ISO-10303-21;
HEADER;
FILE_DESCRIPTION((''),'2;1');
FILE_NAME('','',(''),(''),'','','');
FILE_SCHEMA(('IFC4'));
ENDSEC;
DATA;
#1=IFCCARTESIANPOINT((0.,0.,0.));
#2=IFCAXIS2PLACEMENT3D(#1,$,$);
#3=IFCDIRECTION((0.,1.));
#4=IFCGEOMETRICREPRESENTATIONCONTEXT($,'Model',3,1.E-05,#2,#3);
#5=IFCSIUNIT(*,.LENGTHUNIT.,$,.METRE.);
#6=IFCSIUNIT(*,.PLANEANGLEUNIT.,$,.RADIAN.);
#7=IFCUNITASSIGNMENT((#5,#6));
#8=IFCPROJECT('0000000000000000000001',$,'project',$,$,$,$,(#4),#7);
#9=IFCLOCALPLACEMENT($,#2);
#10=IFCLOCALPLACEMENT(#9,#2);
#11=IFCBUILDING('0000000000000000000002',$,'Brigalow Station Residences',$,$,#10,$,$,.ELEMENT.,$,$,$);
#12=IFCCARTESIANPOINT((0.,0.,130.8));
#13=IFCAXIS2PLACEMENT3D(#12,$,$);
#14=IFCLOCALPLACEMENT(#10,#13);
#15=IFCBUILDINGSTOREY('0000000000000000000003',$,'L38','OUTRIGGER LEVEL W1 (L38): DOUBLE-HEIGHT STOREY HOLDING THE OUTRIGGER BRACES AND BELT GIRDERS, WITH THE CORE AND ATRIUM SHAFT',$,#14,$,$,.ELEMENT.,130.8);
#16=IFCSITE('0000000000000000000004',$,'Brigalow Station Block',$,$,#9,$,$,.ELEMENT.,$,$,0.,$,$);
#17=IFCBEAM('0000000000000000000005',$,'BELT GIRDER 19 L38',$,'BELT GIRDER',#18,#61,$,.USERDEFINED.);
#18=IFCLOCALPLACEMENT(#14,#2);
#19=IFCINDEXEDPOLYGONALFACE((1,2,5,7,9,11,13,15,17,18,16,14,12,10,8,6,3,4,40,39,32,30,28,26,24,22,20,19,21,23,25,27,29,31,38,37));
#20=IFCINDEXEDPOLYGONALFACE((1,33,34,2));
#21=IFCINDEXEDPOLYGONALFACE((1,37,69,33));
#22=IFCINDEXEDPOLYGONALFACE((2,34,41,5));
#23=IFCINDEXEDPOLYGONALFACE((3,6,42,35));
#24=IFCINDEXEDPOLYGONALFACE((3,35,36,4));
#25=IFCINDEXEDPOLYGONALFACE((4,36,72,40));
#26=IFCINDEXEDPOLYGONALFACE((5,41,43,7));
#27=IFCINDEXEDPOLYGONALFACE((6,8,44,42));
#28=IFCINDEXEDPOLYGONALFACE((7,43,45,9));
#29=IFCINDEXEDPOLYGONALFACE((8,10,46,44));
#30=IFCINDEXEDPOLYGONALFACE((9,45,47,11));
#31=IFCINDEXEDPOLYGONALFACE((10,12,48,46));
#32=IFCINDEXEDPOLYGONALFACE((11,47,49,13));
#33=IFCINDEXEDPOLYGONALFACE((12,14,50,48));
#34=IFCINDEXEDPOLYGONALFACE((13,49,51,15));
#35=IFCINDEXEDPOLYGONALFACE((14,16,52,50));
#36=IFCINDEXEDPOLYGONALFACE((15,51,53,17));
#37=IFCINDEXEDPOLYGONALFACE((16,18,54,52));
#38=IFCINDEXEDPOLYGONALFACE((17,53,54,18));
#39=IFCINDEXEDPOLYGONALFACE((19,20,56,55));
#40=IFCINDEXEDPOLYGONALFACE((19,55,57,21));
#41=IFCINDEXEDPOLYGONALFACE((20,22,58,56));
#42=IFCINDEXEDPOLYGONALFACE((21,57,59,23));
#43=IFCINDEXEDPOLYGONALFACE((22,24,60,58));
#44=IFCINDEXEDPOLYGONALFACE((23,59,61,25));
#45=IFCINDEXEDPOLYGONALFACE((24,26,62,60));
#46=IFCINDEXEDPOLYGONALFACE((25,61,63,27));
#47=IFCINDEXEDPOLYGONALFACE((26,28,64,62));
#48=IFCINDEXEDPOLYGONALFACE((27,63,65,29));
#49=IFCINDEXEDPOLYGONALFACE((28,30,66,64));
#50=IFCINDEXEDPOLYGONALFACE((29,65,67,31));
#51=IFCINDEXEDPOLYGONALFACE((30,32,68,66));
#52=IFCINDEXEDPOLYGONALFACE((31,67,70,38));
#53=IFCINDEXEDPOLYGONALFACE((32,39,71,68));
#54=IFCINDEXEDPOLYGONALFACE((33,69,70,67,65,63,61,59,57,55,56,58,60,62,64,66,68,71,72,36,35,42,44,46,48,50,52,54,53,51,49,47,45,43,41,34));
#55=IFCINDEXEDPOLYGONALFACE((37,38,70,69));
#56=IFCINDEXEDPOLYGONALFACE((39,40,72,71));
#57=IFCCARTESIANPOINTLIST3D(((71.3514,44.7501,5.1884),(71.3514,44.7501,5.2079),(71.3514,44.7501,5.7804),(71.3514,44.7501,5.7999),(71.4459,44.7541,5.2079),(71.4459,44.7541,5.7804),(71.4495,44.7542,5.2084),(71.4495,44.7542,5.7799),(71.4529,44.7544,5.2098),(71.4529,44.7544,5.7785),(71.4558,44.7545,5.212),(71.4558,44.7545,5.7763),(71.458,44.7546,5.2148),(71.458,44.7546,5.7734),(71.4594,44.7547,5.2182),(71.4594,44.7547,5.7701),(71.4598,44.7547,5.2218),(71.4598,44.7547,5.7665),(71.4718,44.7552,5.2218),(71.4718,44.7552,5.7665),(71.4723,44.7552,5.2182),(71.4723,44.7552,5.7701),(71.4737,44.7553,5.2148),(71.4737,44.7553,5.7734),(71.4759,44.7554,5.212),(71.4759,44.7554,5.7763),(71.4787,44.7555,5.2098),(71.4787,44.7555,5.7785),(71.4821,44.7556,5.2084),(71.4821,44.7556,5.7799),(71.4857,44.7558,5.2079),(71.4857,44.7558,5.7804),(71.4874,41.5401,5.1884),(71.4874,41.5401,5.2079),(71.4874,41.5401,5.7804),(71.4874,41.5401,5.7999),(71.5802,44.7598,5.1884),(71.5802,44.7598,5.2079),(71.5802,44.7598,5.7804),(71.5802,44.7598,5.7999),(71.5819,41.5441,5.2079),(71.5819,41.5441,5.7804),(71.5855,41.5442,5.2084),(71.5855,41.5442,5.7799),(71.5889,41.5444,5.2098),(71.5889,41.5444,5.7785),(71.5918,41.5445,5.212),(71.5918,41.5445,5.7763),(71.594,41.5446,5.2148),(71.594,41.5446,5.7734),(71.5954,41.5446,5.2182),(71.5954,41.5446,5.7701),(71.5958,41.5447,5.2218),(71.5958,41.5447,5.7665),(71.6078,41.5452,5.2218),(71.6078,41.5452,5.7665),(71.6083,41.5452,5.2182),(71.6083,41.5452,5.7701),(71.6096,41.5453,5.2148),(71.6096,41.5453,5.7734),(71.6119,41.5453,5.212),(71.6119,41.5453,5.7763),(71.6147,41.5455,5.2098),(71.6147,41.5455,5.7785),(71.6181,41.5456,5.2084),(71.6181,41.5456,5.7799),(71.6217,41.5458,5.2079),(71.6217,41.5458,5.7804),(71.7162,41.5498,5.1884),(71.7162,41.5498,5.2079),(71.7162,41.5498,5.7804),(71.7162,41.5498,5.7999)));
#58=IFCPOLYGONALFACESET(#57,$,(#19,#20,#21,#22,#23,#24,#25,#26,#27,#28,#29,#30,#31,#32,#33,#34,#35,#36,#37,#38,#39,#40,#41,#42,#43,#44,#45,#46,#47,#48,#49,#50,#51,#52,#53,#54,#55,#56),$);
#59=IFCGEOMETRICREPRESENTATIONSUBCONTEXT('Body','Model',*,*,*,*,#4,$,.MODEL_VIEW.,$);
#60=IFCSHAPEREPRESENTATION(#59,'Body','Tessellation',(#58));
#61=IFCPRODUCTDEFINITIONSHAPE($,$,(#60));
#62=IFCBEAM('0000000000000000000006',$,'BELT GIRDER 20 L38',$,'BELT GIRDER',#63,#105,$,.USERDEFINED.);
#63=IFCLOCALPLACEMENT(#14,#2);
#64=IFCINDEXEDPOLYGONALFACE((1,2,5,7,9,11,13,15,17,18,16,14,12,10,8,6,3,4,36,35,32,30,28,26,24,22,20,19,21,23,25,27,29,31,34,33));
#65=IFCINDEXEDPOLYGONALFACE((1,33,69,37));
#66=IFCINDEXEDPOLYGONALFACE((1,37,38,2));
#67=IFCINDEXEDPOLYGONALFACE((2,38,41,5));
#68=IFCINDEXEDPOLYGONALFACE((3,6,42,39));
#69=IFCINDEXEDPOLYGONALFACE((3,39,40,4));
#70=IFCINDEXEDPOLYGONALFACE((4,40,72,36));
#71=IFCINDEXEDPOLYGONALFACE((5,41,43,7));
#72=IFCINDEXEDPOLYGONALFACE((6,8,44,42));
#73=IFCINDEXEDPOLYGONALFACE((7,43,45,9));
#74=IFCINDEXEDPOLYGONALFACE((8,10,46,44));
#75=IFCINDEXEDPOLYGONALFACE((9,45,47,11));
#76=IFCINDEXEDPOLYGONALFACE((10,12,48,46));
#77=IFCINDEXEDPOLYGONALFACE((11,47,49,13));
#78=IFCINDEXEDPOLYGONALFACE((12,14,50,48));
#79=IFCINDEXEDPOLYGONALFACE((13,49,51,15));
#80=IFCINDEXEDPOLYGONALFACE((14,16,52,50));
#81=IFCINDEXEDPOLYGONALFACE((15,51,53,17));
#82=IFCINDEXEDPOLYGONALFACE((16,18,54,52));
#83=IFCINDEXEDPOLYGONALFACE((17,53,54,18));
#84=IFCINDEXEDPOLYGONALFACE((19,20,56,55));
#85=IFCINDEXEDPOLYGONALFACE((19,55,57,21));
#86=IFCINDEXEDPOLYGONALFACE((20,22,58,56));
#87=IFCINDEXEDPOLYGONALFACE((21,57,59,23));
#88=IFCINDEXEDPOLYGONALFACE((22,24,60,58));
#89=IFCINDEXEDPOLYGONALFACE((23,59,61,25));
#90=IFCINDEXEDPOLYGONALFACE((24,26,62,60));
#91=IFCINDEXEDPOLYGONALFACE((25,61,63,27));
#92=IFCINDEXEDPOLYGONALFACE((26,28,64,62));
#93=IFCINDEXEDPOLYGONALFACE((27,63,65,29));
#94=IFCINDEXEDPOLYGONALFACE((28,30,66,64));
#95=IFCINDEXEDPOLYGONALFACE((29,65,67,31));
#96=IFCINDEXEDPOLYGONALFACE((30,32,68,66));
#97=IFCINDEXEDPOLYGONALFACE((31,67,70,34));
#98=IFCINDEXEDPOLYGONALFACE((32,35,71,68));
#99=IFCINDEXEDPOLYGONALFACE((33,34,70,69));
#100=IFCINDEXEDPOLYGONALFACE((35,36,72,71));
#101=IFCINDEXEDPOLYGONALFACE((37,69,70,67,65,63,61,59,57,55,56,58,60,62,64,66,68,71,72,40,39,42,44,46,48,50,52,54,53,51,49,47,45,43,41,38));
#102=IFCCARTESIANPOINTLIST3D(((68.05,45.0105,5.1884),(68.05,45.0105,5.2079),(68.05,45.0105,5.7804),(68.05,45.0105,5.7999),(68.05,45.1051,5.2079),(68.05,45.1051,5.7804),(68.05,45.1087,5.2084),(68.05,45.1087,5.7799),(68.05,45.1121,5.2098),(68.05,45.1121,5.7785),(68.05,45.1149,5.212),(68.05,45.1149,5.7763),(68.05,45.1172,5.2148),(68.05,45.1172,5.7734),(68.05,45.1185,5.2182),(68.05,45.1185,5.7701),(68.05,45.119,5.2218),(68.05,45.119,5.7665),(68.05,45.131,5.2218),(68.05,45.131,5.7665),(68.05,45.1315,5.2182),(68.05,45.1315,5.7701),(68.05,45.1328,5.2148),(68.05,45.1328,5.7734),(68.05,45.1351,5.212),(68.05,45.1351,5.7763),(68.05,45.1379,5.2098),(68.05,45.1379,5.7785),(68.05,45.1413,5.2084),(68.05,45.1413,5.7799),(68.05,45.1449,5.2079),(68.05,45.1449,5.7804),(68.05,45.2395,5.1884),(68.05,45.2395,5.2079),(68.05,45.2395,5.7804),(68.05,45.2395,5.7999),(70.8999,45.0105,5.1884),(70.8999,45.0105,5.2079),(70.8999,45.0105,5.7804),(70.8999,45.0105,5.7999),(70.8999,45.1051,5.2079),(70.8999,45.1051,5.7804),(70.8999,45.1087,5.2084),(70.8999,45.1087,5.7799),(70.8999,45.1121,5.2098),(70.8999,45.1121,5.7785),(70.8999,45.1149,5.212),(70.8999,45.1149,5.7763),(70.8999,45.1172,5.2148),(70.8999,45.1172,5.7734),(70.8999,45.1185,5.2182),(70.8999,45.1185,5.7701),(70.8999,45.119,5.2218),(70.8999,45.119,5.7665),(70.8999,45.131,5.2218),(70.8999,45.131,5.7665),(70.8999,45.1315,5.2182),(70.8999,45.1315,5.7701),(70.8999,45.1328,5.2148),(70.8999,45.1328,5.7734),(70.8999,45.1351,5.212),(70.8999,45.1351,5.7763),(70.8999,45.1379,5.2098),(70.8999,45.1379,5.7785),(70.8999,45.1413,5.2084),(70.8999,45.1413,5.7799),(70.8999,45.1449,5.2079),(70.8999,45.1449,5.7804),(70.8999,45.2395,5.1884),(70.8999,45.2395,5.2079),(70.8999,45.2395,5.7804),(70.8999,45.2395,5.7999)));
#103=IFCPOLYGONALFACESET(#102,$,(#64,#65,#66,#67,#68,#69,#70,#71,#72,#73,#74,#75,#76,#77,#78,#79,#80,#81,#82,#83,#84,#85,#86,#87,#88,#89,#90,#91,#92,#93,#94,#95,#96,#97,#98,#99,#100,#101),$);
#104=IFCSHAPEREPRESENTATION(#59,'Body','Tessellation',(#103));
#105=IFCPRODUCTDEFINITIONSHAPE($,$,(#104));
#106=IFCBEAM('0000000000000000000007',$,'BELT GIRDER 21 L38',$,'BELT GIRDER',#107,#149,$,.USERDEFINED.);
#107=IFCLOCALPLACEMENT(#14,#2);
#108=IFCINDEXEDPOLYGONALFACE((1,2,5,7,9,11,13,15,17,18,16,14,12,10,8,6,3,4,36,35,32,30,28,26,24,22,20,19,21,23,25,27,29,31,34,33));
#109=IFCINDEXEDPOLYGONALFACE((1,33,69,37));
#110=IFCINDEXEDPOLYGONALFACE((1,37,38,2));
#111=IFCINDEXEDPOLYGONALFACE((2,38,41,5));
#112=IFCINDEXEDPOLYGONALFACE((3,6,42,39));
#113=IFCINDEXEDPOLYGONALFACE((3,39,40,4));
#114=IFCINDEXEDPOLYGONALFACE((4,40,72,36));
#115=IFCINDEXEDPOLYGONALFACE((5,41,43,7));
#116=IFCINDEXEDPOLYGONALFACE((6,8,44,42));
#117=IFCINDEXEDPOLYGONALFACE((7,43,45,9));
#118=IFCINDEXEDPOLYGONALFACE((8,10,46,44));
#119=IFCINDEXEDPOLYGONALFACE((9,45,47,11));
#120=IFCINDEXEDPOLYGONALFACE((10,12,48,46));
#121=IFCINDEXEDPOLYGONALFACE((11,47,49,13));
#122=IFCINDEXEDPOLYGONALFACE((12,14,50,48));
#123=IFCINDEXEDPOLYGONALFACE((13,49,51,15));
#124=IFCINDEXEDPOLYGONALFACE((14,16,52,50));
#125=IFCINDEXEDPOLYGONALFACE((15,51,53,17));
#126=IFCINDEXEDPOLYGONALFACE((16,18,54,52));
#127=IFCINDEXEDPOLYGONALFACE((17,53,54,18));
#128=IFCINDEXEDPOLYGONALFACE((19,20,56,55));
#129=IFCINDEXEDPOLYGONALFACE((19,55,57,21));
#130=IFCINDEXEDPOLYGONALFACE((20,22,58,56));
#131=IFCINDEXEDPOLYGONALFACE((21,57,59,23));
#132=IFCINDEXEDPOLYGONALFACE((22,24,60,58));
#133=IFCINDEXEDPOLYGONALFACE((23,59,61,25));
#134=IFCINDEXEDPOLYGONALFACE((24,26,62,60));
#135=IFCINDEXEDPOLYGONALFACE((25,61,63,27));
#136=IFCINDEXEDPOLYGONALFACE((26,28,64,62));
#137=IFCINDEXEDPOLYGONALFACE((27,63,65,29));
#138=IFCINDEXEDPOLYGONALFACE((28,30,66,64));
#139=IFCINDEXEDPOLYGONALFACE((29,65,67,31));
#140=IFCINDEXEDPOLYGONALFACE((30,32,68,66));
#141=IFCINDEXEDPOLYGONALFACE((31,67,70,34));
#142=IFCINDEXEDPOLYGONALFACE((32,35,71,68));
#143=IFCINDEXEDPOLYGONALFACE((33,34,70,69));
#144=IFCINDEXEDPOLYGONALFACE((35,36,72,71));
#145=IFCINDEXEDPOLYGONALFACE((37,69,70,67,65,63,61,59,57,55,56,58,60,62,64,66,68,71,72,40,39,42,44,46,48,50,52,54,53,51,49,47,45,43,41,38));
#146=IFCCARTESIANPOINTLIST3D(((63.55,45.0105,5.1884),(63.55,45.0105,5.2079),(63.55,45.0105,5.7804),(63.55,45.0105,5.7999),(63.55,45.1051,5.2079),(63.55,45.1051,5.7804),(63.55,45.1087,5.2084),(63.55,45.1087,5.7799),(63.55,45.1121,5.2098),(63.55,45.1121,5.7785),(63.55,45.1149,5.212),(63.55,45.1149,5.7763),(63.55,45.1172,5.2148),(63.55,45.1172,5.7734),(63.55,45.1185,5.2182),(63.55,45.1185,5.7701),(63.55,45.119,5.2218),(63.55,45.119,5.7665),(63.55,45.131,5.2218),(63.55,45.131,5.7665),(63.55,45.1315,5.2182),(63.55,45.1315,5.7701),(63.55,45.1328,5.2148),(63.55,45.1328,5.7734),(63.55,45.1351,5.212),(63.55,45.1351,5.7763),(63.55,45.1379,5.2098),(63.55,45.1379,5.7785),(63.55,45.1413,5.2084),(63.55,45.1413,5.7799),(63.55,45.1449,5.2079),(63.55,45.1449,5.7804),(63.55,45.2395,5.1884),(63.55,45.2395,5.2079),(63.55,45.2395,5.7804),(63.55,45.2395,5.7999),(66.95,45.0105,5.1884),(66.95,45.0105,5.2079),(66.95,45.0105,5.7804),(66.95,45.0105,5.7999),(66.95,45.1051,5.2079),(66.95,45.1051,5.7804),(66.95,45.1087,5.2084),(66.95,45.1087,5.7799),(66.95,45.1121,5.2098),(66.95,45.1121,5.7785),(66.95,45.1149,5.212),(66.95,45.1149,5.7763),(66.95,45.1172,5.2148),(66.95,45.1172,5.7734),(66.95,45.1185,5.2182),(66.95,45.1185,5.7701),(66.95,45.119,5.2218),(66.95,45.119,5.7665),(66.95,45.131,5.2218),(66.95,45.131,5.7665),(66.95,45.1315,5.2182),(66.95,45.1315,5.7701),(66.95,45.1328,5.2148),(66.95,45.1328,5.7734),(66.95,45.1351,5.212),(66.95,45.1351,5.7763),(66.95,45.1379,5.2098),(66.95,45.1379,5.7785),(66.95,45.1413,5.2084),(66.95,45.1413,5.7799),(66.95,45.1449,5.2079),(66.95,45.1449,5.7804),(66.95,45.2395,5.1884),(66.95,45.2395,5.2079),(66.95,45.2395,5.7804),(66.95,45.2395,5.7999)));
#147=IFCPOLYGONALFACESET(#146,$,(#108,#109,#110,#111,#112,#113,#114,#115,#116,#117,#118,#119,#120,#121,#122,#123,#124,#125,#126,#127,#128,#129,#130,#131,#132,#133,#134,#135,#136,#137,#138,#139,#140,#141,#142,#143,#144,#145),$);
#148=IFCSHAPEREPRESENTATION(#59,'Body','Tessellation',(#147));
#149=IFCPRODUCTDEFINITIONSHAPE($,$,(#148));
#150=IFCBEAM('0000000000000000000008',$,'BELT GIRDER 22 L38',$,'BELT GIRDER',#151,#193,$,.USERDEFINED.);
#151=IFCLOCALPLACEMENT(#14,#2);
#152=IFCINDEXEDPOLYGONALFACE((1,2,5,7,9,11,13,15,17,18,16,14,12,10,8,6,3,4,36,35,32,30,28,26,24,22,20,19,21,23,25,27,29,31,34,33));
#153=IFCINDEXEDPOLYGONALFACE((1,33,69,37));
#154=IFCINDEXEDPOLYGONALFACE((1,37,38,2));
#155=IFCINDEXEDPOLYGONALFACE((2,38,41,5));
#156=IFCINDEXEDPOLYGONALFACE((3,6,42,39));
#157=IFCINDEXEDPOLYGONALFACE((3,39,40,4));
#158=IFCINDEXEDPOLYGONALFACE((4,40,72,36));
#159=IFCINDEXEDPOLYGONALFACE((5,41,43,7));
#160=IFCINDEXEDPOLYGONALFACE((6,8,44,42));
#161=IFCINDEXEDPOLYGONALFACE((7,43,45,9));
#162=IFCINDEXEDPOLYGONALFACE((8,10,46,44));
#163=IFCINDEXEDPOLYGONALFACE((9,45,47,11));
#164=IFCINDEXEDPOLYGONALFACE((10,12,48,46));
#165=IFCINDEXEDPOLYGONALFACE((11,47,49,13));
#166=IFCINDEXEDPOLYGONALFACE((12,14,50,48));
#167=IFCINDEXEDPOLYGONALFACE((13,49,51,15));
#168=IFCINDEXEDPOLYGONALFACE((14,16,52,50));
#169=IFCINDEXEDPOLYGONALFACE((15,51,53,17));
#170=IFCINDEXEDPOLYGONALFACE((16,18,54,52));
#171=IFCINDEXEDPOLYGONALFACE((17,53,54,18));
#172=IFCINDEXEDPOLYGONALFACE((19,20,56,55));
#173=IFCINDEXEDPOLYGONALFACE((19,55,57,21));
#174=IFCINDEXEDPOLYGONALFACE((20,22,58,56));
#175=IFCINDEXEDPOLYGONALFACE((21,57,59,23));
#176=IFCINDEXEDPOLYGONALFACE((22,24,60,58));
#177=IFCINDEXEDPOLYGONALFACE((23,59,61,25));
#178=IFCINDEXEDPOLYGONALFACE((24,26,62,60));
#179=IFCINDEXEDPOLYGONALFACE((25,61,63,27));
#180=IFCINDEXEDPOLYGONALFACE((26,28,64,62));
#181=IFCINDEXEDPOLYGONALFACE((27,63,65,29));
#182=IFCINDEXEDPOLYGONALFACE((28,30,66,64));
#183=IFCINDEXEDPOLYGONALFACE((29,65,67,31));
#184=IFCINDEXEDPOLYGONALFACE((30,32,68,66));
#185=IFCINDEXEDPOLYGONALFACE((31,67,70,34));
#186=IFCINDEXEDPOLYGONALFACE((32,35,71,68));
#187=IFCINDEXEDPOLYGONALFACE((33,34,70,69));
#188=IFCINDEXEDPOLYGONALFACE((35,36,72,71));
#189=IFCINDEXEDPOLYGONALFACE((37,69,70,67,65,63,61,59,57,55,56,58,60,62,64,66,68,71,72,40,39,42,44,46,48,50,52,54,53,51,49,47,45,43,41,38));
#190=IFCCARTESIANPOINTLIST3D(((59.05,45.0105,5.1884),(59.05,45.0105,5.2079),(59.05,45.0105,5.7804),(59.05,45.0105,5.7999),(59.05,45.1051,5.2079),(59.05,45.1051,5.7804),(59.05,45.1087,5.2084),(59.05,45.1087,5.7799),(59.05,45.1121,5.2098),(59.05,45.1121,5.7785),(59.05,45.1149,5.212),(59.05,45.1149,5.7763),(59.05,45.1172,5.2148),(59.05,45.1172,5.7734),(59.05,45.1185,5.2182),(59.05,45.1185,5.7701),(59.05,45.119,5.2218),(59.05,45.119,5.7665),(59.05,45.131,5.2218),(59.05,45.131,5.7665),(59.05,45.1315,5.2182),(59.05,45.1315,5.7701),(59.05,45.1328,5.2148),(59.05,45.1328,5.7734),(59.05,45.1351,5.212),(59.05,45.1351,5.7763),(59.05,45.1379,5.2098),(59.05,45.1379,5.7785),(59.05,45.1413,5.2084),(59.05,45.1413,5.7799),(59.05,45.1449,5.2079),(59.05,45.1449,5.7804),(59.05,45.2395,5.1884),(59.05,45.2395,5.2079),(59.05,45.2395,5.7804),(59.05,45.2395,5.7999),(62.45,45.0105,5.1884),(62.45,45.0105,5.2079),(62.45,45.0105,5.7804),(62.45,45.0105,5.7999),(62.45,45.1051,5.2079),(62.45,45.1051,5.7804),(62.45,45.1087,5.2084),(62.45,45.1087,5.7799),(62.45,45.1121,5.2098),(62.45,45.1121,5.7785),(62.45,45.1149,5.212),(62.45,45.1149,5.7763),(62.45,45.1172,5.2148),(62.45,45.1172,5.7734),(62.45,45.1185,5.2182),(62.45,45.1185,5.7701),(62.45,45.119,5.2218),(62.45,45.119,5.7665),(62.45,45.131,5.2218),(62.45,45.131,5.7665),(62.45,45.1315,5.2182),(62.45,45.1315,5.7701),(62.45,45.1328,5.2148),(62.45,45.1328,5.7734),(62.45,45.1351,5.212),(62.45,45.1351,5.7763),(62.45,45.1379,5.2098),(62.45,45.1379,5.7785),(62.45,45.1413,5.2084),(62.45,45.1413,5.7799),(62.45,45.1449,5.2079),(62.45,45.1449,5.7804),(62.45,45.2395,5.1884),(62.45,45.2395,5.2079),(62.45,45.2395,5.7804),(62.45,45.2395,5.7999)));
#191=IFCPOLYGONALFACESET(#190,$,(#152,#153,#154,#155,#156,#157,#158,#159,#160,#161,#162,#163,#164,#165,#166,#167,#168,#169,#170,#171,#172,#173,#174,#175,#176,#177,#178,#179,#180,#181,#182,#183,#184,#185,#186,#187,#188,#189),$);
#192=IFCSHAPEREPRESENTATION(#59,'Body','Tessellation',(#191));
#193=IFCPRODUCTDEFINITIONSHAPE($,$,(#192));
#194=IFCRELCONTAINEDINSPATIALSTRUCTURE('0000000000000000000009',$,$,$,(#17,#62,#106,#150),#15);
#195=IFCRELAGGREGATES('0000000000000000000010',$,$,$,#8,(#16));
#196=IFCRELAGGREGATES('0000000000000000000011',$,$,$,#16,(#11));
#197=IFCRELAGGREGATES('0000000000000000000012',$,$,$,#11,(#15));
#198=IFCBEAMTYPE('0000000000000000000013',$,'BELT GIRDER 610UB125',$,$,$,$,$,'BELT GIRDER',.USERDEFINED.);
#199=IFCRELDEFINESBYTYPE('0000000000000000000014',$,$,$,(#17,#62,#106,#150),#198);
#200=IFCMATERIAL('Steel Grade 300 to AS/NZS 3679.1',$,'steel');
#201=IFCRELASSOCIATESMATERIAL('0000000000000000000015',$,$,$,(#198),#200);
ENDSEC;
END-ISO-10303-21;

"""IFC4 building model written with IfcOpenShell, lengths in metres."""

from ifc_helpers import new_model, si_unit, direction, frame, origin, origin_2d, place, context, subcontext, project, spatial, i_section, extrude, material, material_profile, profile_set, type_object, element, save


model = new_model("IFC4")

# Units and contexts
model_context = context("Model", 3, precision=1e-05, world=origin(), true_north=direction((0.0, 1.0)))
body_context = subcontext(model_context, "Body", "Model", "MODEL_VIEW")
ifc_project = project(units=[si_unit("LENGTHUNIT", "METRE"), si_unit("PLANEANGLEUNIT", "RADIAN")], contexts=[model_context])

# Site, building, storey
site_placement = place(None, origin())
site = spatial("IfcSite", under=ifc_project, at=site_placement, Name="Brigalow Station Block", CompositionType="ELEMENT", RefElevation=0.0)
building_placement = place(site_placement, origin())
building = spatial("IfcBuilding", under=site, at=building_placement, Name="Brigalow Station Residences", CompositionType="ELEMENT")
storey_placement = place(building_placement, frame((0.0, 0.0, 130.8)))
storey = spatial("IfcBuildingStorey", under=building, at=storey_placement, Name="L38", Description="OUTRIGGER LEVEL W1 (L38): DOUBLE-HEIGHT STOREY HOLDING THE OUTRIGGER BRACES AND BELT GIRDERS, WITH THE CORE AND ATRIUM SHAFT", CompositionType="ELEMENT", Elevation=130.8)

# Beams
ifc_material_1 = material(Name="Steel Grade 300 to AS/NZS 3679.1", Category="steel")
ifc_material_profile_1 = material_profile(ifc_material_1, i_section(OverallWidth=0.229, OverallDepth=0.6116, WebThickness=0.012, FlangeThickness=0.0195, FilletRadius=0.0139, at=origin_2d()), Name="610UB125")
ifc_profile_set_1 = profile_set([ifc_material_profile_1], Name="Steel Grade 300 to AS/NZS 3679.1")
beam_type = type_object("IfcBeamType", Name="BELT GIRDER 610UB125", ElementType="BELT GIRDER", PredefinedType="USERDEFINED", material=ifc_profile_set_1)
beam_1_placement = place(storey_placement, frame((71.6018, 41.5449, 5.4941), z_axis=(-0.042326, 0.999104, 0.0), x_axis=(-0.999104, -0.042326, 0.0)))
element("IfcBeam", 1, at=beam_1_placement, inside=storey, type_object=beam_type, Name="BELT GIRDER 19 L38", ObjectType="BELT GIRDER", PredefinedType="USERDEFINED", context=body_context, shape_type="SweptSolid", body=[
    extrude(i_section(OverallWidth=0.229, OverallDepth=0.6116, WebThickness=0.012, FlangeThickness=0.0195, FilletRadius=0.0139, at=origin_2d()), origin(), (0.0, 0.0, 1.0), 3.2129),
])
beam_2_placement = place(storey_placement, frame((70.8999, 45.125, 5.4941), z_axis=(-1.0, 0.0, 0.0), x_axis=(0.0, -1.0, 0.0)))
element("IfcBeam", 2, at=beam_2_placement, inside=storey, type_object=beam_type, Name="BELT GIRDER 20 L38", ObjectType="BELT GIRDER", PredefinedType="USERDEFINED", context=body_context, shape_type="SweptSolid", body=[
    extrude(i_section(OverallWidth=0.229, OverallDepth=0.6116, WebThickness=0.012, FlangeThickness=0.0195, FilletRadius=0.0139, at=origin_2d()), origin(), (0.0, 0.0, 1.0), 2.8499),
])
for number, where, z_axis, x_axis, name in (
    (3, (66.95, 45.125, 5.4941), (-1.0, 0.0, 0.0), (0.0, -1.0, 0.0), "BELT GIRDER 21 L38"),
    (4, (62.45, 45.125, 5.4941), (-1.0, 0.0, 0.0), (0.0, -1.0, 0.0), "BELT GIRDER 22 L38"),
):
    element("IfcBeam", number, at=place(storey_placement, frame(where, z_axis=z_axis, x_axis=x_axis)), inside=storey, type_object=beam_type, Name=name, ObjectType="BELT GIRDER", PredefinedType="USERDEFINED", context=body_context, shape_type="SweptSolid", body=[
        extrude(i_section(OverallWidth=0.229, OverallDepth=0.6116, WebThickness=0.012, FlangeThickness=0.0195, FilletRadius=0.0139, at=origin_2d()), origin(), (0.0, 0.0, 1.0), 3.3999),
    ])

save(model, "model.ifc")
